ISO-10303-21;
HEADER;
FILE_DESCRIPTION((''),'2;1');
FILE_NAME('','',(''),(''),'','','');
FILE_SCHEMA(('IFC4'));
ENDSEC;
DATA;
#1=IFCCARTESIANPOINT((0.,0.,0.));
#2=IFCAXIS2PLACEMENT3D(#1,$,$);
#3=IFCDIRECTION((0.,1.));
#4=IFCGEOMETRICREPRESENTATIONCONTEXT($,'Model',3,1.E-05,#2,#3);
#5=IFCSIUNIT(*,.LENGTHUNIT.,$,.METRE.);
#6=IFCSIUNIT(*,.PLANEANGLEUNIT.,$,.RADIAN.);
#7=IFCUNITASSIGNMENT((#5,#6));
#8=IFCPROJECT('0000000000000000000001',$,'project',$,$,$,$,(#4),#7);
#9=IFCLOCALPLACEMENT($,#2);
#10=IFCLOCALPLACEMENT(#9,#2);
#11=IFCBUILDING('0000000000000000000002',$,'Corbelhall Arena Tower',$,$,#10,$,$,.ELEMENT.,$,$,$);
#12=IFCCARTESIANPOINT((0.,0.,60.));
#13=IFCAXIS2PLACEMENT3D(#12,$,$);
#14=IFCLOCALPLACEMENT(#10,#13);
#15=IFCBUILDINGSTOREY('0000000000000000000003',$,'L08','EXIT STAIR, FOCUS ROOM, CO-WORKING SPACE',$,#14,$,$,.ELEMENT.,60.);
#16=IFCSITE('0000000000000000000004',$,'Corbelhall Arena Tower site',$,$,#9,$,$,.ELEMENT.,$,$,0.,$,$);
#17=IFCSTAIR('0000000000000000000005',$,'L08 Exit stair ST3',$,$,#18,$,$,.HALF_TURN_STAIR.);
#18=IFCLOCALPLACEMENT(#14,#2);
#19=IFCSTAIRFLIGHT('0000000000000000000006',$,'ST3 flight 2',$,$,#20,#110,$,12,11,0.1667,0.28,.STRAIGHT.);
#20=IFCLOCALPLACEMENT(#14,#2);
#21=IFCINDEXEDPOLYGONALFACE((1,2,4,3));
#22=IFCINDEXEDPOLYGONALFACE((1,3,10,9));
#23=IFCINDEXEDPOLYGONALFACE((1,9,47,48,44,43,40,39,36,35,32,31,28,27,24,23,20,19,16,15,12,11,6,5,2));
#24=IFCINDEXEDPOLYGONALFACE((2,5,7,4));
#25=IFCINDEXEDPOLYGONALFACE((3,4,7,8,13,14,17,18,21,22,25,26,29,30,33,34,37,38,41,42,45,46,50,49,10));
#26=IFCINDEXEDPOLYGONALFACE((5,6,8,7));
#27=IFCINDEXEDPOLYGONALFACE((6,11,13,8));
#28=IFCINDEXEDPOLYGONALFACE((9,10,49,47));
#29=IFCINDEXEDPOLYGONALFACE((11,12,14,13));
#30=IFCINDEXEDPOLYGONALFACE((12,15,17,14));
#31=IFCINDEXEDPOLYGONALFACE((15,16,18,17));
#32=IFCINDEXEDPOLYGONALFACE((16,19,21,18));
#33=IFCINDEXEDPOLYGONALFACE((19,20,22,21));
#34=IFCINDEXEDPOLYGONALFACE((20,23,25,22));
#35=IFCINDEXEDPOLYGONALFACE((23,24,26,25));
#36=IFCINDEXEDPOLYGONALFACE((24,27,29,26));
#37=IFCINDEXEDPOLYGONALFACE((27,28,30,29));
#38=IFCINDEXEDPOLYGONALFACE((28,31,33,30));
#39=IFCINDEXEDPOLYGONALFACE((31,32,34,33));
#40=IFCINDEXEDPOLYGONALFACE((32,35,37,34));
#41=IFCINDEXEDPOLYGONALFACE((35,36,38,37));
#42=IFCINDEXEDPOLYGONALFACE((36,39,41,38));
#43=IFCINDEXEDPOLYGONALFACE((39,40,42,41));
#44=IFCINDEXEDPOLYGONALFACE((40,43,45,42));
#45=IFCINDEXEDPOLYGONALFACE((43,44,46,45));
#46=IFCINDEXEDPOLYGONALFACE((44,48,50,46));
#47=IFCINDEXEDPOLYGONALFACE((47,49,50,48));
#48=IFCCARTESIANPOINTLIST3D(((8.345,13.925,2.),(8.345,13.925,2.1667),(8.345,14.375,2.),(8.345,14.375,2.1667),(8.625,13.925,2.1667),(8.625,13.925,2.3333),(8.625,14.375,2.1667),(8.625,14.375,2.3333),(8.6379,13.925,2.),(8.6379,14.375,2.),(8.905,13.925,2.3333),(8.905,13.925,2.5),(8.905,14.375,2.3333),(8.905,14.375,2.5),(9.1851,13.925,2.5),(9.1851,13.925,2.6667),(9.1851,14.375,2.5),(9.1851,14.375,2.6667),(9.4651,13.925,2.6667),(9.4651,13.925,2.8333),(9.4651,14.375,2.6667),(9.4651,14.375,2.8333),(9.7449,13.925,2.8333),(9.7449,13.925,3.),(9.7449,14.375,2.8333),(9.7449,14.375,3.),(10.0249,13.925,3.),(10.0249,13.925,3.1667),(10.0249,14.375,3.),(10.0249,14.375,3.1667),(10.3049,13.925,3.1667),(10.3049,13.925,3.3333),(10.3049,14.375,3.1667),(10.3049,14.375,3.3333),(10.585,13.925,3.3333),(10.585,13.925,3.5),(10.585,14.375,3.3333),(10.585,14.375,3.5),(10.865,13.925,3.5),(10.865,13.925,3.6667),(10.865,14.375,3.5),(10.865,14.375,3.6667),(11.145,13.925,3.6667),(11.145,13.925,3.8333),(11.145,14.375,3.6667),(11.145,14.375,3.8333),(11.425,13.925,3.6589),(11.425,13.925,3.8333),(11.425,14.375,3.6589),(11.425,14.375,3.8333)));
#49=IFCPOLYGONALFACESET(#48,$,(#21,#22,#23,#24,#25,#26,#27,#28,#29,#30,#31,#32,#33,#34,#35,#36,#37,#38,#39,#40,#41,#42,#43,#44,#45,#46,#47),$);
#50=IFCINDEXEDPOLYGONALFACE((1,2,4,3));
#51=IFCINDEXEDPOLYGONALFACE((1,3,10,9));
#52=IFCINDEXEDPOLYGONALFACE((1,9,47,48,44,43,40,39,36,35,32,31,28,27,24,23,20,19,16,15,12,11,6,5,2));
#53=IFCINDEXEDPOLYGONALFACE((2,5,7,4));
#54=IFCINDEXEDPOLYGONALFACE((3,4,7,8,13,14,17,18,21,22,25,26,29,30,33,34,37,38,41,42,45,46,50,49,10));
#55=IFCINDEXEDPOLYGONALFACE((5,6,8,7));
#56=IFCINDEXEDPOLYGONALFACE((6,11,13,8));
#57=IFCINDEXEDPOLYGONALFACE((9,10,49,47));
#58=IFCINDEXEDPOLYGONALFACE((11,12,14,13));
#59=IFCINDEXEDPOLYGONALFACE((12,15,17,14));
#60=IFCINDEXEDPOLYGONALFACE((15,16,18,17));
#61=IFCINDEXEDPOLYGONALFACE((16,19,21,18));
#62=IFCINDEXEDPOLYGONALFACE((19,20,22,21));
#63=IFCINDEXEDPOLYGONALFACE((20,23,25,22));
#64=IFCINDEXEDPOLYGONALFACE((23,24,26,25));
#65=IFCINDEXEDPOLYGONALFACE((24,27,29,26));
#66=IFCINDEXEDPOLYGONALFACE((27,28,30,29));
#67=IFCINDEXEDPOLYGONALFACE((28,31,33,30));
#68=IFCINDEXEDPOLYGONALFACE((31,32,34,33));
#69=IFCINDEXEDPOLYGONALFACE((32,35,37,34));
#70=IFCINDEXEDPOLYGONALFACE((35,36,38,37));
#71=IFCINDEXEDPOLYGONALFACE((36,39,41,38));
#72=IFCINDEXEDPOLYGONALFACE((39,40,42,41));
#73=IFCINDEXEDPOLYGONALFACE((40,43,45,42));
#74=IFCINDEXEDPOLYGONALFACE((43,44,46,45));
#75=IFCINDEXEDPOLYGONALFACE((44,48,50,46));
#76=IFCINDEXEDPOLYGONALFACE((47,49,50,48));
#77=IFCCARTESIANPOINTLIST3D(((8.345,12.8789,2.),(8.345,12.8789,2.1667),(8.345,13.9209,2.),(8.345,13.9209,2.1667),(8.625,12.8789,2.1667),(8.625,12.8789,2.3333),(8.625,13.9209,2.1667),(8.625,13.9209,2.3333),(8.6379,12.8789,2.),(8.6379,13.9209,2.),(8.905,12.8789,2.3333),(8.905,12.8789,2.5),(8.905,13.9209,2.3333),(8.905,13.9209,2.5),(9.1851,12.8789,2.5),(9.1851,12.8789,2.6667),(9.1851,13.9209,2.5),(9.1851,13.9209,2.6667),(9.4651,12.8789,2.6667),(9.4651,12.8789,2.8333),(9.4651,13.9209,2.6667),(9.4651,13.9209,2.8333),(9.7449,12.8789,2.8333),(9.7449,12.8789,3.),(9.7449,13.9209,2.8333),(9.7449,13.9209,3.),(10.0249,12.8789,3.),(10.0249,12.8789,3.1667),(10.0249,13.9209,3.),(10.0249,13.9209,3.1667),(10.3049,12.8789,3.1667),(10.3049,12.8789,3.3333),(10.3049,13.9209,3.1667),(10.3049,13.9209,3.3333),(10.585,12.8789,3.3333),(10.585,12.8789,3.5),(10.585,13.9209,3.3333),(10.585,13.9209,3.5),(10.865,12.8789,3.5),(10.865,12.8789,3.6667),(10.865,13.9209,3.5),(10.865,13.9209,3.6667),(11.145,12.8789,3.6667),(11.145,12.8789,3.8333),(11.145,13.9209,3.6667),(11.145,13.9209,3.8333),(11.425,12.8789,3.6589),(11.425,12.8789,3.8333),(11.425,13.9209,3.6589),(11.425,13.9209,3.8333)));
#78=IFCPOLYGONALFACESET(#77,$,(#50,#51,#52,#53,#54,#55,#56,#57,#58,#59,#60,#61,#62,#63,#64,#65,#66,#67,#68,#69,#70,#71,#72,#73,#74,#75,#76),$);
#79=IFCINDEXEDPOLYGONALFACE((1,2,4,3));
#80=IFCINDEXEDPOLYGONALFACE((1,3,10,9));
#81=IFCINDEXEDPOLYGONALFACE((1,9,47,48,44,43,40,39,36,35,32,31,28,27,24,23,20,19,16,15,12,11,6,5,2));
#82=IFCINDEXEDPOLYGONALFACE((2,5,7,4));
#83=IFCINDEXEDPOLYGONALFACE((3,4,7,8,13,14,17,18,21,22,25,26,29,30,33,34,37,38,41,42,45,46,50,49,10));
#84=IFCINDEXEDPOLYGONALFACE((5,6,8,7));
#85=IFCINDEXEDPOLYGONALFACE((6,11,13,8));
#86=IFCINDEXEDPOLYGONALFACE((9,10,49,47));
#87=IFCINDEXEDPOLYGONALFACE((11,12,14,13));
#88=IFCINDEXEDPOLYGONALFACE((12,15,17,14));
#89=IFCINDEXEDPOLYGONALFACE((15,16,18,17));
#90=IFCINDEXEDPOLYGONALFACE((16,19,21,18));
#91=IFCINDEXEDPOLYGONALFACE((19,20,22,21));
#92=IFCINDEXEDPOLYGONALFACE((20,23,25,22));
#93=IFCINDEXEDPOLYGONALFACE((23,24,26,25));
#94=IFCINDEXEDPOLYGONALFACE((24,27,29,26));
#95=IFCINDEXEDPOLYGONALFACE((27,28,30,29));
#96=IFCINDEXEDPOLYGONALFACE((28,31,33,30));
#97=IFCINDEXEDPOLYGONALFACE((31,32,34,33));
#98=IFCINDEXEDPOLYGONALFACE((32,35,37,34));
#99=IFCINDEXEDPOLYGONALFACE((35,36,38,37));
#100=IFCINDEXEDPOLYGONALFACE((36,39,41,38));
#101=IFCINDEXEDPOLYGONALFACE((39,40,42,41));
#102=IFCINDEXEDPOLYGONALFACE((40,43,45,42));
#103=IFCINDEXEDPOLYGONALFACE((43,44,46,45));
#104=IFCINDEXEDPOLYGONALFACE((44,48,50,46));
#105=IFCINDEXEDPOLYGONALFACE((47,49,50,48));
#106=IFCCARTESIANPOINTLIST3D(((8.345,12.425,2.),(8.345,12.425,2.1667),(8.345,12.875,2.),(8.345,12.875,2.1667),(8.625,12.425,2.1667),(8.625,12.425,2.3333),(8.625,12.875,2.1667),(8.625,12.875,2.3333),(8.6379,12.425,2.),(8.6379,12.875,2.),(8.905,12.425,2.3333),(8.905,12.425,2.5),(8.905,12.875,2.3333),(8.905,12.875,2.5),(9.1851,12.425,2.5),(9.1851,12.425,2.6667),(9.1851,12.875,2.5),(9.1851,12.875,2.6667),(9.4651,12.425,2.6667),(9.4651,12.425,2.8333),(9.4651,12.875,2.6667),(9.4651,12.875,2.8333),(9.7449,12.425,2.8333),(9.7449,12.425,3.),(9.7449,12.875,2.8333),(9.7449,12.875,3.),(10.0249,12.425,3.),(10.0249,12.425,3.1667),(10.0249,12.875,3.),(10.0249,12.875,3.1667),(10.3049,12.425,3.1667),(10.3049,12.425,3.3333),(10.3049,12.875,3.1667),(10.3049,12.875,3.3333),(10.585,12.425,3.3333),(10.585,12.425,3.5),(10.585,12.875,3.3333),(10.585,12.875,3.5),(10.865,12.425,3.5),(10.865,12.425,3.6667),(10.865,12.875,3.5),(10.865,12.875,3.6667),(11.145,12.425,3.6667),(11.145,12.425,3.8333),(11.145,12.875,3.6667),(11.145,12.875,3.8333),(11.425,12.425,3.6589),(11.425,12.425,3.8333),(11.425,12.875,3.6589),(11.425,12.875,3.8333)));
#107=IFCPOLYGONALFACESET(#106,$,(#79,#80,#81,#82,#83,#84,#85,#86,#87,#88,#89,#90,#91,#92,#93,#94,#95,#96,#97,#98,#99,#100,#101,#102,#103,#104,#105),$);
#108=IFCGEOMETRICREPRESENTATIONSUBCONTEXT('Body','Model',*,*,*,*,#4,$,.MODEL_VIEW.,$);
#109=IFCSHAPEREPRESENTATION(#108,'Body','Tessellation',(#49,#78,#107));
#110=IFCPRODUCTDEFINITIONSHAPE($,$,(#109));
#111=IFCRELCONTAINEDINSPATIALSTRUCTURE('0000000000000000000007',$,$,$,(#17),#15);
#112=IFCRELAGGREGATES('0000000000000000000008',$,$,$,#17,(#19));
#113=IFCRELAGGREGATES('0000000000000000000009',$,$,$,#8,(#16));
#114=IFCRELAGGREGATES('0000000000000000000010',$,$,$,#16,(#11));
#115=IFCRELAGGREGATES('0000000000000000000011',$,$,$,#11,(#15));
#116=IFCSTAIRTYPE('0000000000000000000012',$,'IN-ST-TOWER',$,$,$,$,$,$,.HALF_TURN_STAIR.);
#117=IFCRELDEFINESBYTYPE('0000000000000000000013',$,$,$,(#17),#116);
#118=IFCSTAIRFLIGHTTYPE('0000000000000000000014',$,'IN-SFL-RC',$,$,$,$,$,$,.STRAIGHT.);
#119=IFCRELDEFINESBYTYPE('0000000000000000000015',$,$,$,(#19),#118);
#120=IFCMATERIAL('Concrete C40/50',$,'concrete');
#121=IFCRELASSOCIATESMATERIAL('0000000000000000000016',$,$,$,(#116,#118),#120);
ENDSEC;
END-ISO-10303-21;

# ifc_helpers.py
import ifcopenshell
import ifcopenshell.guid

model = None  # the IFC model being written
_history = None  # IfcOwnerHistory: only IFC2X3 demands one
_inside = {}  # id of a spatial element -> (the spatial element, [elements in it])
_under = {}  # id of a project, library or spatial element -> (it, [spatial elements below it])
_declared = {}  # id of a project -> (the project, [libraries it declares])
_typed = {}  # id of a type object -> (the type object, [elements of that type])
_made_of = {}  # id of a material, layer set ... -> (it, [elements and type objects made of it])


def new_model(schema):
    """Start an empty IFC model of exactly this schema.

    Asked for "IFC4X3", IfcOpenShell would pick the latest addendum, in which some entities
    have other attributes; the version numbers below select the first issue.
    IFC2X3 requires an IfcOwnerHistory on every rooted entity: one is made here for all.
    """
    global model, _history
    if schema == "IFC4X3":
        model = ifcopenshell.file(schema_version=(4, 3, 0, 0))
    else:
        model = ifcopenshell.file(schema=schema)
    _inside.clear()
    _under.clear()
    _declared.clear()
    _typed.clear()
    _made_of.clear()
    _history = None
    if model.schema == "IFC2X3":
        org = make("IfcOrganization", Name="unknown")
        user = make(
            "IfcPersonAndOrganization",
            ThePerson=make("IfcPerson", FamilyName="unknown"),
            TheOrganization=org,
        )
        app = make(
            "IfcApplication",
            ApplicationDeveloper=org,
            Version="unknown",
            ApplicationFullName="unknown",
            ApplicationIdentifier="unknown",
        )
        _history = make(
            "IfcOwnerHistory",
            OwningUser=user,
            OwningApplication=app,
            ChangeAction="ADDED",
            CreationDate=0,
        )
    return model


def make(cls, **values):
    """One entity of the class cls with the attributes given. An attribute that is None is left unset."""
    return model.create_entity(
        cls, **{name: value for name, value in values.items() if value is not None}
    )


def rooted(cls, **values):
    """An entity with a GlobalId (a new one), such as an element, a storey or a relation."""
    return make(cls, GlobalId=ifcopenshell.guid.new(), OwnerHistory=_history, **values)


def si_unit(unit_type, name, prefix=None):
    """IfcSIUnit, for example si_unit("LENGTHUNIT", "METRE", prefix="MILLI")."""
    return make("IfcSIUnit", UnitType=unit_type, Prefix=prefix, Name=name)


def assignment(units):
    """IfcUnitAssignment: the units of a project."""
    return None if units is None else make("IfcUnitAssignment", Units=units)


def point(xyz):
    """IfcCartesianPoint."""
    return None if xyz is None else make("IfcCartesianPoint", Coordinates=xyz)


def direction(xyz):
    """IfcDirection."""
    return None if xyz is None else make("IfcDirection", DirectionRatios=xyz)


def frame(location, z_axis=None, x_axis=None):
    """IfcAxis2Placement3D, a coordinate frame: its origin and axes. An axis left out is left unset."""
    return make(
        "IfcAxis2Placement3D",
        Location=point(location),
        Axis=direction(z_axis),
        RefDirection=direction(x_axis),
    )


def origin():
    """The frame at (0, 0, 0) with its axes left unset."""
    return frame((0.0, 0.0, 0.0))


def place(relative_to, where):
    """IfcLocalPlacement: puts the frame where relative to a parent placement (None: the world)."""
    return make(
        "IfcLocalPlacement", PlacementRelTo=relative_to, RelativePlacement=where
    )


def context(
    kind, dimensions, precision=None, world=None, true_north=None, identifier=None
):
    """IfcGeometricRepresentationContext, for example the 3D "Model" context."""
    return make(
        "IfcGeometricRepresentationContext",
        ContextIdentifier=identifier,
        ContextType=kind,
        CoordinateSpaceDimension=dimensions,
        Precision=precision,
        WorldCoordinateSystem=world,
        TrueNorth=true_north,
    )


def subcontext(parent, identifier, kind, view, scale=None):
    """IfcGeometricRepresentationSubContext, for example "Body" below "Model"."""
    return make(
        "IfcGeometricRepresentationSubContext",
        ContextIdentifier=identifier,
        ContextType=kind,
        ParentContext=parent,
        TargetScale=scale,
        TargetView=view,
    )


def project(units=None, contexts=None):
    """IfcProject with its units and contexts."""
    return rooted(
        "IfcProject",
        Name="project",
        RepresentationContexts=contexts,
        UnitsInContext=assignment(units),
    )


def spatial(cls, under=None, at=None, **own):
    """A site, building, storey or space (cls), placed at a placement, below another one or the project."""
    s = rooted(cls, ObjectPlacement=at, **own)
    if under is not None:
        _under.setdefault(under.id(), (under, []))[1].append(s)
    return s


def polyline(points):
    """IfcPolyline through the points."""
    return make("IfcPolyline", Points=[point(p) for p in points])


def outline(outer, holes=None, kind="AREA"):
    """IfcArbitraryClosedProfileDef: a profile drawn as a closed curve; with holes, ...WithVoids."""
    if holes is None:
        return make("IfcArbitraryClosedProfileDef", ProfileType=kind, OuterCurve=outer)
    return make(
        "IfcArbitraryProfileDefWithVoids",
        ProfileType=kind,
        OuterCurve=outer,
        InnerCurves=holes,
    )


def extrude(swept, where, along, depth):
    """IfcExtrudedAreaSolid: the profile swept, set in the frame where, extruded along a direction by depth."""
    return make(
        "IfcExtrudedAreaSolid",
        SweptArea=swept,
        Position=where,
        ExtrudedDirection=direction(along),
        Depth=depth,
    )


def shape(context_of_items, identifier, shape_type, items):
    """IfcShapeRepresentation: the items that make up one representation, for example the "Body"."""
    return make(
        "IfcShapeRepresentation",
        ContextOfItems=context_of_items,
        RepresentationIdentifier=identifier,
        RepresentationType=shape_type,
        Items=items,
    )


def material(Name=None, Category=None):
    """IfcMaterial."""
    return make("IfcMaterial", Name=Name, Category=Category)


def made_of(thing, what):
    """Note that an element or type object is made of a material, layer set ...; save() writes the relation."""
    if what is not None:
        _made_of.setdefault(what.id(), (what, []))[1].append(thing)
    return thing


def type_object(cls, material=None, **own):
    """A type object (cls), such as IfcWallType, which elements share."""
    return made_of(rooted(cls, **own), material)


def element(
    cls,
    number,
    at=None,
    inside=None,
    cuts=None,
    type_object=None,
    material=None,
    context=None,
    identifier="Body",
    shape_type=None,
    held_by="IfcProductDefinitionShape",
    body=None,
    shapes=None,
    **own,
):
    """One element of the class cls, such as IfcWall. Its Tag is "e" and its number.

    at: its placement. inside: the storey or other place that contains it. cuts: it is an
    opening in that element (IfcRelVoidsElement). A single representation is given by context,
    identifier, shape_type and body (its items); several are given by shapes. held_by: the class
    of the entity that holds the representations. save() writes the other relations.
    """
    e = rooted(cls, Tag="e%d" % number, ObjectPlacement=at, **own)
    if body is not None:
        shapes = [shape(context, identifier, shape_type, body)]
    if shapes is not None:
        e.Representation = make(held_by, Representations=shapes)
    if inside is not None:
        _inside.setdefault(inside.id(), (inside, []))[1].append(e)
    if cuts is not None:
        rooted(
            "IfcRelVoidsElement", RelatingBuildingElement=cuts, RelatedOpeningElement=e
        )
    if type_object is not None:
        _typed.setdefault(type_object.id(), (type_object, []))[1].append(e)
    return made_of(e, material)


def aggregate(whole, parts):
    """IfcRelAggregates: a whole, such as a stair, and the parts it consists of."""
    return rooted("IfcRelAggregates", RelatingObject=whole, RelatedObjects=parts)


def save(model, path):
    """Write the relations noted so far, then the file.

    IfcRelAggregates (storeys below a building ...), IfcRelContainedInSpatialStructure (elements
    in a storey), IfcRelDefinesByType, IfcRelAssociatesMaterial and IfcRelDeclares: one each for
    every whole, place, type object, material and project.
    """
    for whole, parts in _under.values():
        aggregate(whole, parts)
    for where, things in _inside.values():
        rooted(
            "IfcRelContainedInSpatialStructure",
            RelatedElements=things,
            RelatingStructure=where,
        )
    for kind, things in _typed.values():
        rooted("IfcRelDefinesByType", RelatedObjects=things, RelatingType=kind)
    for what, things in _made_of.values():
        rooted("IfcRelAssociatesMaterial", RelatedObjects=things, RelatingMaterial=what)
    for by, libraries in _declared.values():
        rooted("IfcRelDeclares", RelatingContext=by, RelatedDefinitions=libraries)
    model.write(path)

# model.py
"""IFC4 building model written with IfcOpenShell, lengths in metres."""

from ifc_helpers import new_model, si_unit, direction, frame, origin, place, context, subcontext, project, spatial, polyline, outline, extrude, material, type_object, element, aggregate, save


model = new_model("IFC4")

# Units and contexts
model_context = context("Model", 3, precision=1e-05, world=origin(), true_north=direction((0.0, 1.0)))
body_context = subcontext(model_context, "Body", "Model", "MODEL_VIEW")
ifc_project = project(units=[si_unit("LENGTHUNIT", "METRE"), si_unit("PLANEANGLEUNIT", "RADIAN")], contexts=[model_context])

# Site, building, storey
site_placement = place(None, origin())
site = spatial("IfcSite", under=ifc_project, at=site_placement, Name="Corbelhall Arena Tower site", CompositionType="ELEMENT", RefElevation=0.0)
building_placement = place(site_placement, origin())
building = spatial("IfcBuilding", under=site, at=building_placement, Name="Corbelhall Arena Tower", CompositionType="ELEMENT")
storey_placement = place(building_placement, frame((0.0, 0.0, 60.0)))
storey = spatial("IfcBuildingStorey", under=building, at=storey_placement, Name="L08", Description="EXIT STAIR, FOCUS ROOM, CO-WORKING SPACE", CompositionType="ELEMENT", Elevation=60.0)

# Shared definitions
ifc_material_1 = material(Name="Concrete C40/50", Category="concrete")

# Stair, stair flight
stair_type = type_object("IfcStairType", Name="IN-ST-TOWER", PredefinedType="HALF_TURN_STAIR", material=ifc_material_1)
stair_placement = place(storey_placement, origin())
stair = element("IfcStair", 1, at=stair_placement, inside=storey, type_object=stair_type, Name="L08 Exit stair ST3", PredefinedType="HALF_TURN_STAIR")
stair_flight_type = type_object("IfcStairFlightType", Name="IN-SFL-RC", PredefinedType="STRAIGHT", material=ifc_material_1)
stair_flight_1_placement = place(storey_placement, frame((8.345, 13.3999, 2.0), z_axis=(0.0, 0.0, 1.0), x_axis=(1.0, 0.0, 0.0)))
stair_flight_1 = element("IfcStairFlight", 2, at=stair_flight_1_placement, type_object=stair_flight_type, Name="ST3 flight 2", NumberOfRisers=12, NumberOfTreads=11, PredefinedType="STRAIGHT", RiserHeight=0.1667, TreadLength=0.28, context=body_context, shape_type="SweptSolid", body=[
    extrude(outline(polyline([(0.0, 0.0), (0.0, 0.1667), (0.28, 0.1667), (0.28, 0.3333), (0.5601, 0.3333), (0.5601, 0.5), (0.8401, 0.5), (0.8401, 0.6667), (1.1201, 0.6667), (1.1201, 0.8333), (1.3999, 0.8333), (1.3999, 1.0), (1.6799, 1.0), (1.6799, 1.1667), (1.96, 1.1667), (1.96, 1.3333), (2.24, 1.3333), (2.24, 1.5), (2.52, 1.5), (2.52, 1.6667), (2.8, 1.6667), (2.8, 1.8333), (3.0801, 1.8333), (3.0801, 2.0), (3.0801, 1.6589), (0.293, 0.0), (0.0, 0.0)])), frame((0.0, 0.9751, 0.0), z_axis=(0.0, -1.0, 0.0), x_axis=(1.0, 0.0, 0.0)), (0.0, 0.0, 1.0), 0.45),
    extrude(outline(polyline([(0.0, 0.0), (0.0, 0.1667), (0.28, 0.1667), (0.28, 0.3333), (0.5601, 0.3333), (0.5601, 0.5), (0.8401, 0.5), (0.8401, 0.6667), (1.1201, 0.6667), (1.1201, 0.8333), (1.3999, 0.8333), (1.3999, 1.0), (1.6799, 1.0), (1.6799, 1.1667), (1.96, 1.1667), (1.96, 1.3333), (2.24, 1.3333), (2.24, 1.5), (2.52, 1.5), (2.52, 1.6667), (2.8, 1.6667), (2.8, 1.8333), (3.0801, 1.8333), (3.0801, 2.0), (3.0801, 1.6589), (0.293, 0.0), (0.0, 0.0)])), frame((0.0, 0.521, 0.0), z_axis=(0.0, -1.0, 0.0), x_axis=(1.0, 0.0, 0.0)), (0.0, 0.0, 1.0), 1.042),
    extrude(outline(polyline([(0.0, 0.0), (0.0, 0.1667), (0.28, 0.1667), (0.28, 0.3333), (0.5601, 0.3333), (0.5601, 0.5), (0.8401, 0.5), (0.8401, 0.6667), (1.1201, 0.6667), (1.1201, 0.8333), (1.3999, 0.8333), (1.3999, 1.0), (1.6799, 1.0), (1.6799, 1.1667), (1.96, 1.1667), (1.96, 1.3333), (2.24, 1.3333), (2.24, 1.5), (2.52, 1.5), (2.52, 1.6667), (2.8, 1.6667), (2.8, 1.8333), (3.0801, 1.8333), (3.0801, 2.0), (3.0801, 1.6589), (0.293, 0.0), (0.0, 0.0)])), frame((0.0, -0.5249, 0.0), z_axis=(0.0, -1.0, 0.0), x_axis=(1.0, 0.0, 0.0)), (0.0, 0.0, 1.0), 0.45),
])
aggregate(stair, [stair_flight_1])

save(model, "model.ifc")
